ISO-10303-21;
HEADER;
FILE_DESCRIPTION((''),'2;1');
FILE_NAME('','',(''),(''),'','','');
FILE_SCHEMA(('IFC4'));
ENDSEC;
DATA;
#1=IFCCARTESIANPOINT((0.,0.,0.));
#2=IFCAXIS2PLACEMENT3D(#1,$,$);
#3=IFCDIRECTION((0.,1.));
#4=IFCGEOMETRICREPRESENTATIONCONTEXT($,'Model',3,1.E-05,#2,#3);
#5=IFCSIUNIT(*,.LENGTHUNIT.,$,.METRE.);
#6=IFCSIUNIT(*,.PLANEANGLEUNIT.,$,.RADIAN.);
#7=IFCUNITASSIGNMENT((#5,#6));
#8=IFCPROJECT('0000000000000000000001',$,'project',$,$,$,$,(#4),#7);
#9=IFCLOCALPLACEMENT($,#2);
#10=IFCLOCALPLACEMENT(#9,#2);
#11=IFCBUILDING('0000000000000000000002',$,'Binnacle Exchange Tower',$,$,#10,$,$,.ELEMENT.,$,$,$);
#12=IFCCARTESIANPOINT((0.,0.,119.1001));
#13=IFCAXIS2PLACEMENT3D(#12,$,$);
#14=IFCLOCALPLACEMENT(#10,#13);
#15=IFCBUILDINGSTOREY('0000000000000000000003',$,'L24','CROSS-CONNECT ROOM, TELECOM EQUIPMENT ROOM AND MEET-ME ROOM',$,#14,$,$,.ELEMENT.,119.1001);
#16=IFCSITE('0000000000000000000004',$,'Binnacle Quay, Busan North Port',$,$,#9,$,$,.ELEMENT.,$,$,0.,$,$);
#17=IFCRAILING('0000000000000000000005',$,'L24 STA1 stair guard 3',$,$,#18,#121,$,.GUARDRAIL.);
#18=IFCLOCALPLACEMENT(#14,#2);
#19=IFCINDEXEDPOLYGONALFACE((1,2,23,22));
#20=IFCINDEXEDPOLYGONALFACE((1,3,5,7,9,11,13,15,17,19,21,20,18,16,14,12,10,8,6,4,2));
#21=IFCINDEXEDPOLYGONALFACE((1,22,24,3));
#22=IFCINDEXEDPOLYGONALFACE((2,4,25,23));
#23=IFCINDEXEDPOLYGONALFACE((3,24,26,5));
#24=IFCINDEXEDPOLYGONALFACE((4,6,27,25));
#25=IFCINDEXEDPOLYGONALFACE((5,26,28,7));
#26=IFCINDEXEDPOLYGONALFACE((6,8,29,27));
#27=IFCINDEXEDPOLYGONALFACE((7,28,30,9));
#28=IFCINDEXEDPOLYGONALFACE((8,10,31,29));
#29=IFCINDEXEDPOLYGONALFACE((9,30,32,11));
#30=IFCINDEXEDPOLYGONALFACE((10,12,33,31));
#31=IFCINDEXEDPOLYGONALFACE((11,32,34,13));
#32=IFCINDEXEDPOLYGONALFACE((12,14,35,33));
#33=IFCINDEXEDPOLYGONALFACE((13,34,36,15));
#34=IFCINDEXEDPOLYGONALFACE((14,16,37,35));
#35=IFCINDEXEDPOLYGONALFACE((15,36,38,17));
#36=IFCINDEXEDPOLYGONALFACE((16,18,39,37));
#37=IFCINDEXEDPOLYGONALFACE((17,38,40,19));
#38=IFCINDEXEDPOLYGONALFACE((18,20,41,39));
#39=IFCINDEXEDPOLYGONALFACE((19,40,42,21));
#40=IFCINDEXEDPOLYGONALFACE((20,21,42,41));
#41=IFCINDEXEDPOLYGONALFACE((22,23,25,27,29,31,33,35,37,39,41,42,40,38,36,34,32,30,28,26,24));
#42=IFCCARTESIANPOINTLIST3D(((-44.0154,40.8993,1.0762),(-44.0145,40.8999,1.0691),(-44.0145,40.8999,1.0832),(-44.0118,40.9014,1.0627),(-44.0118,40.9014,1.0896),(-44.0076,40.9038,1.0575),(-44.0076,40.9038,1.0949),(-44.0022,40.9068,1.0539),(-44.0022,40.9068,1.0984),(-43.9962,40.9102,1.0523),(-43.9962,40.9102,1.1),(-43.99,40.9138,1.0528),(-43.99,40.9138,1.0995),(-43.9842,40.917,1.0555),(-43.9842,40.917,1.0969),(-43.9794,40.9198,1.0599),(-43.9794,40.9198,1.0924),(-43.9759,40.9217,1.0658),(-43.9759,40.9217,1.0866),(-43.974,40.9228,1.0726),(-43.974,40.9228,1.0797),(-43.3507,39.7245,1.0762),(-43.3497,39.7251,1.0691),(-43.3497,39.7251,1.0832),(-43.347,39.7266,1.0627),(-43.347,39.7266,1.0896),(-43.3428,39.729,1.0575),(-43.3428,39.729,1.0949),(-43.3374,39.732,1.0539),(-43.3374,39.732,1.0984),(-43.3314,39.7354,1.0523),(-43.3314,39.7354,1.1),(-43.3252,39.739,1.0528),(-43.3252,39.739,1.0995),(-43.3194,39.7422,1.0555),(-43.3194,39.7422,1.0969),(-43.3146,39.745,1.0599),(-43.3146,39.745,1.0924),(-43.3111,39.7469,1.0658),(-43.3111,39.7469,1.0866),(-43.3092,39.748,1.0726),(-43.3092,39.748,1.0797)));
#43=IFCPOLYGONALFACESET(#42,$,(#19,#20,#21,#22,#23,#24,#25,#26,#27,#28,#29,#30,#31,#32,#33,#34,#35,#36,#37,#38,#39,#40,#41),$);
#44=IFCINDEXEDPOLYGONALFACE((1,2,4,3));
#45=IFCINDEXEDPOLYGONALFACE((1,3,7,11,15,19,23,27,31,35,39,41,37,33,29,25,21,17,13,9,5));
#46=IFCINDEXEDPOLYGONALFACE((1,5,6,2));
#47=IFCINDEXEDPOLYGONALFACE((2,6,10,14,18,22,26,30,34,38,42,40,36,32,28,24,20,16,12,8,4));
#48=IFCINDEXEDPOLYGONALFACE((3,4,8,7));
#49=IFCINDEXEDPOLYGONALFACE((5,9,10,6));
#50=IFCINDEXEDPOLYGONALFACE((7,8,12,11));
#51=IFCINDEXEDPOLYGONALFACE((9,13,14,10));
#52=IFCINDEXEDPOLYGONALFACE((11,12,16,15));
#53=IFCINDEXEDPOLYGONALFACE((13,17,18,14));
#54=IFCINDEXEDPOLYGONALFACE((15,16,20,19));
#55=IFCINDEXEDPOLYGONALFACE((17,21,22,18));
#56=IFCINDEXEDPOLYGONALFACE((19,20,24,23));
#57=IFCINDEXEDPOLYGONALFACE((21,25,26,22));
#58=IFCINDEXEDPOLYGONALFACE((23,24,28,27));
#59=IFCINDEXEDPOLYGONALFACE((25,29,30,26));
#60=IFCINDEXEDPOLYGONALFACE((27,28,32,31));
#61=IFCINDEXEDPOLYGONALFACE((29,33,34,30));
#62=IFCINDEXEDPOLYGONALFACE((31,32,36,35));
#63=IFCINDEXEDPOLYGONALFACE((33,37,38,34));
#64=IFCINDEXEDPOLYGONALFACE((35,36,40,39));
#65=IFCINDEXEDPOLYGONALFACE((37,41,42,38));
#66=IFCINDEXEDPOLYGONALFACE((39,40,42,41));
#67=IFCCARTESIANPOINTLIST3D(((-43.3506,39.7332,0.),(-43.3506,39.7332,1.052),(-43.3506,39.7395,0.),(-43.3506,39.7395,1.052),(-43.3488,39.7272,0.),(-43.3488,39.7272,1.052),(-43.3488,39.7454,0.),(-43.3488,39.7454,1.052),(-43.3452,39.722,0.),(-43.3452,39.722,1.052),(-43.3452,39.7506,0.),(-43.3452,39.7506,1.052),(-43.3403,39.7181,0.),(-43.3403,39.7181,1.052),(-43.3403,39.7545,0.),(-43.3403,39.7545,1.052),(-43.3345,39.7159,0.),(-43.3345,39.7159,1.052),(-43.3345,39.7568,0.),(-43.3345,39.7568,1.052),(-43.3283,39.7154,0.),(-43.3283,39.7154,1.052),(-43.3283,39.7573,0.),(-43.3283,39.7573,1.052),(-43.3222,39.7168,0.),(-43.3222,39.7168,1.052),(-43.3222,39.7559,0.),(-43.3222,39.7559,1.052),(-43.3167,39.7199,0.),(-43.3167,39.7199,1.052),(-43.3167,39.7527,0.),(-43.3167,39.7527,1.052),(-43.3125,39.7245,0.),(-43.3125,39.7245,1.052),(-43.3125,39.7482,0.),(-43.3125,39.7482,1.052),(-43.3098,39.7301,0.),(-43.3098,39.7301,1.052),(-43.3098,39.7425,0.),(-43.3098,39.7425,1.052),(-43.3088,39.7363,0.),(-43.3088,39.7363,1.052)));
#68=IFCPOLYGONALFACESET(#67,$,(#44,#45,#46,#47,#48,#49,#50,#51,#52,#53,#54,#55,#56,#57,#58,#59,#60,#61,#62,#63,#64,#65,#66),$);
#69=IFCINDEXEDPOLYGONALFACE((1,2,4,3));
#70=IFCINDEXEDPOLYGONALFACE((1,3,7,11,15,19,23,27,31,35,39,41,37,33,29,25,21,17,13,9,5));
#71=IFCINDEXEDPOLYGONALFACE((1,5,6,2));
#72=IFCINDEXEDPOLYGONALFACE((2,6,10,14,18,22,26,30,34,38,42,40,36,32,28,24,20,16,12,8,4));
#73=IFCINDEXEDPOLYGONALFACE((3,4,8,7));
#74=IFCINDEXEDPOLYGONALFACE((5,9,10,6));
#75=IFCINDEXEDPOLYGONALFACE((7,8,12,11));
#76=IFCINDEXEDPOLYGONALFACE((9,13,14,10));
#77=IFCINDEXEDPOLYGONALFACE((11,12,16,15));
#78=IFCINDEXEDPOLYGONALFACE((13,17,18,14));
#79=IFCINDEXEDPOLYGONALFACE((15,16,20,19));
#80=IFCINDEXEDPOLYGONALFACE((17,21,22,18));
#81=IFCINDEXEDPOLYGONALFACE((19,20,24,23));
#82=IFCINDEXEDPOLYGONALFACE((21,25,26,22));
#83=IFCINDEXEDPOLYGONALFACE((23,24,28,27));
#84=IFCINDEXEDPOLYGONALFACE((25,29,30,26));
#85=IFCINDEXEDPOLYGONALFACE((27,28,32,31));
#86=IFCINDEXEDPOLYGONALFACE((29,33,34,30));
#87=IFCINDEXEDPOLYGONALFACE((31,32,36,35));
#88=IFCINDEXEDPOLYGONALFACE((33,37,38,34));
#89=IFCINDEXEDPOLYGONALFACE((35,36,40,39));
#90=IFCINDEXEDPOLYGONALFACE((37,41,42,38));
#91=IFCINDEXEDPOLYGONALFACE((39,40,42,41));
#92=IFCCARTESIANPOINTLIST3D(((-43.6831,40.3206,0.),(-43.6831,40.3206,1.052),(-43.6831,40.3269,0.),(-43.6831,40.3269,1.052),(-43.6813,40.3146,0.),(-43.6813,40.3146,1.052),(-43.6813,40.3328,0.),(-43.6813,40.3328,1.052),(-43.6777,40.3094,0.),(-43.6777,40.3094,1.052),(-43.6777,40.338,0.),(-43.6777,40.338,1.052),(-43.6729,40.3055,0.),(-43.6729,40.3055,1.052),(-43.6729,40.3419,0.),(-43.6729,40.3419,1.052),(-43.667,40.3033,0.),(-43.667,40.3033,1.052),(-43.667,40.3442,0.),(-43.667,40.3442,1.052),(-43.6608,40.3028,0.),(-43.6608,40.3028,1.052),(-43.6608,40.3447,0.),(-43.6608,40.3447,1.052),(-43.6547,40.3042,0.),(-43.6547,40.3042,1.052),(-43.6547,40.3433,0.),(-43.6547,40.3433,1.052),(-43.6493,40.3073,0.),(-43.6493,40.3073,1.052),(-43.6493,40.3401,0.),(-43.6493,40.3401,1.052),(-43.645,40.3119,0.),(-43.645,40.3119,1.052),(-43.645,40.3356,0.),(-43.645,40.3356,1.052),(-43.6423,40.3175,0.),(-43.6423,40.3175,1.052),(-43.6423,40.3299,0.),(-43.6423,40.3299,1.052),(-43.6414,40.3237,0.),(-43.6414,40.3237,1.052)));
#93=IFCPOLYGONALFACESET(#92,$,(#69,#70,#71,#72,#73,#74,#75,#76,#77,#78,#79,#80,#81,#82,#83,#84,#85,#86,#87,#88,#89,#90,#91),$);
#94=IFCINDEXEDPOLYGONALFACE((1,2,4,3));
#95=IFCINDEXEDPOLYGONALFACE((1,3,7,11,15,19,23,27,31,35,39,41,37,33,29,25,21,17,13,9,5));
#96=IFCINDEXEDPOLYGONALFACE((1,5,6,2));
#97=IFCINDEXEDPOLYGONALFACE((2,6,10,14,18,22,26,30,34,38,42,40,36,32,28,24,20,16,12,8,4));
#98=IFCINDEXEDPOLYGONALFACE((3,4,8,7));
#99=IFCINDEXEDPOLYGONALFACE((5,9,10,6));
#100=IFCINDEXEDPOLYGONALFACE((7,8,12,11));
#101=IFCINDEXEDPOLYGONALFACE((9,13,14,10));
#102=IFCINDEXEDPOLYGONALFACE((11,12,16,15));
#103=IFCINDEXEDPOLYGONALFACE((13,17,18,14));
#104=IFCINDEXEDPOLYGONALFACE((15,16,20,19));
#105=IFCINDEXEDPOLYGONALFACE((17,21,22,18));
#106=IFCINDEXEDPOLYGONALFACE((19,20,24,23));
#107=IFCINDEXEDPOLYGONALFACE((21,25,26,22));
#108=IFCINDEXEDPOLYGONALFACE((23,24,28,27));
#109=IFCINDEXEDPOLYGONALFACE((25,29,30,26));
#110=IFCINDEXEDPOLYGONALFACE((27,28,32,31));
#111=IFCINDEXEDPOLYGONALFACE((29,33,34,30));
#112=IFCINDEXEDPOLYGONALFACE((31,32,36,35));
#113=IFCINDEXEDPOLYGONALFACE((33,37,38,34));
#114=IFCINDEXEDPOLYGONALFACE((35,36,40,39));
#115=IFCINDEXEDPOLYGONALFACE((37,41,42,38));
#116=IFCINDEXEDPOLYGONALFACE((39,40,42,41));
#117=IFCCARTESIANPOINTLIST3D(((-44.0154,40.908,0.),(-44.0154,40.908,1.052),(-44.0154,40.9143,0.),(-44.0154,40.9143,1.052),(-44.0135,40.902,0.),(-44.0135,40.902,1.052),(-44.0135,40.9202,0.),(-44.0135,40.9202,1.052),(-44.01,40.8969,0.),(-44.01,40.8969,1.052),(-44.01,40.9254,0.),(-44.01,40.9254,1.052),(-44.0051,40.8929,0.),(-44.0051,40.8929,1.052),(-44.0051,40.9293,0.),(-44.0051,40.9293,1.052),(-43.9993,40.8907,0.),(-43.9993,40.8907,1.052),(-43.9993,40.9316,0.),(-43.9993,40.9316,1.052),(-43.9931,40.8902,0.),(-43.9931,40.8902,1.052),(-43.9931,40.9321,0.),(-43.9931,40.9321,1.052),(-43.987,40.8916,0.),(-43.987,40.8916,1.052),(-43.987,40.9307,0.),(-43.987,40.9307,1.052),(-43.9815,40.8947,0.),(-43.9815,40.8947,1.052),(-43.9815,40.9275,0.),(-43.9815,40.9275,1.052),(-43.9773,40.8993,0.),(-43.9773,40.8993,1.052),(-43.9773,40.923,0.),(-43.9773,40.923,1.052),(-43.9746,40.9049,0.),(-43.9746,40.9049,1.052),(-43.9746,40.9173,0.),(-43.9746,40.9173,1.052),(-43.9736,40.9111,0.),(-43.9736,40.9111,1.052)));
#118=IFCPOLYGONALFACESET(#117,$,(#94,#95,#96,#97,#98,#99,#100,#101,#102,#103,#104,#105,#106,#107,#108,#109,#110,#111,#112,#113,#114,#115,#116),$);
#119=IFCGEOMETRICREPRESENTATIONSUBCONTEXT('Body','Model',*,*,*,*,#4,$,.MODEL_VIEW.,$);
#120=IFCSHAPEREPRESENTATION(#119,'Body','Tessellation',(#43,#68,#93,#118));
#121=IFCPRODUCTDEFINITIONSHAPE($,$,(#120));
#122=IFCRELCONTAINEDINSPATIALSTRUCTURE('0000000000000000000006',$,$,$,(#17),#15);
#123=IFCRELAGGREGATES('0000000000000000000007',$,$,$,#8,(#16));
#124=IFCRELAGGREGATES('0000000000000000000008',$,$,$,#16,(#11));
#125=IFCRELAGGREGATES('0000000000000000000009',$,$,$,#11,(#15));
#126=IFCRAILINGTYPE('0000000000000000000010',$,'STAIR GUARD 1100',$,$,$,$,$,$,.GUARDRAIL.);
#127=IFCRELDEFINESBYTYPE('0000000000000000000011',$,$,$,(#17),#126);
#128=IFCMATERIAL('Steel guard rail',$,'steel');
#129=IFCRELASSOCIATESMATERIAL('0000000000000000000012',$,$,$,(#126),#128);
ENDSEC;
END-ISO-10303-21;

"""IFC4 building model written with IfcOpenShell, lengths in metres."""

from ifc_helpers import new_model, si_unit, direction, frame, origin, origin_2d, place, context, subcontext, project, spatial, circle, extrude, material, type_object, element, save


model = new_model("IFC4")

# Units and contexts
model_context = context("Model", 3, precision=1e-05, world=origin(), true_north=direction((0.0, 1.0)))
body_context = subcontext(model_context, "Body", "Model", "MODEL_VIEW")
ifc_project = project(units=[si_unit("LENGTHUNIT", "METRE"), si_unit("PLANEANGLEUNIT", "RADIAN")], contexts=[model_context])

# Site, building, storey
site_placement = place(None, origin())
site = spatial("IfcSite", under=ifc_project, at=site_placement, Name="Binnacle Quay, Busan North Port", CompositionType="ELEMENT", RefElevation=0.0)
building_placement = place(site_placement, origin())
building = spatial("IfcBuilding", under=site, at=building_placement, Name="Binnacle Exchange Tower", CompositionType="ELEMENT")
storey_placement = place(building_placement, frame((0.0, 0.0, 119.1001)))
storey = spatial("IfcBuildingStorey", under=building, at=storey_placement, Name="L24", Description="CROSS-CONNECT ROOM, TELECOM EQUIPMENT ROOM AND MEET-ME ROOM", CompositionType="ELEMENT", Elevation=119.1001)

# Railing
ifc_material_1 = material(Name="Steel guard rail", Category="steel")
railing_type_1 = type_object("IfcRailingType", Name="STAIR GUARD 1100", PredefinedType="GUARDRAIL", material=ifc_material_1)
railing_1_placement = place(storey_placement, frame((-43.3298, 39.7363, 0.0)))
element("IfcRailing", 1, at=railing_1_placement, inside=storey, type_object=railing_type_1, Name="L24 STA1 stair guard 3", PredefinedType="GUARDRAIL", context=body_context, shape_type="SweptSolid", body=[
    extrude(circle(Radius=0.0239, at=origin_2d()), frame((0.0, 0.0, 1.0762), z_axis=(-0.492492, 0.870317, 0.0), x_axis=(-0.870317, -0.492492, 0.0)), (0.0, 0.0, 1.0), 1.3499),
    extrude(circle(Radius=0.021, at=origin_2d()), origin(), (0.0, 0.0, 1.0), 1.052),
    extrude(circle(Radius=0.021, at=origin_2d()), frame((-0.3325, 0.5874, 0.0)), (0.0, 0.0, 1.0), 1.052),
    extrude(circle(Radius=0.021, at=origin_2d()), frame((-0.6648, 1.1748, 0.0)), (0.0, 0.0, 1.0), 1.052),
])

save(model, "model.ifc")
